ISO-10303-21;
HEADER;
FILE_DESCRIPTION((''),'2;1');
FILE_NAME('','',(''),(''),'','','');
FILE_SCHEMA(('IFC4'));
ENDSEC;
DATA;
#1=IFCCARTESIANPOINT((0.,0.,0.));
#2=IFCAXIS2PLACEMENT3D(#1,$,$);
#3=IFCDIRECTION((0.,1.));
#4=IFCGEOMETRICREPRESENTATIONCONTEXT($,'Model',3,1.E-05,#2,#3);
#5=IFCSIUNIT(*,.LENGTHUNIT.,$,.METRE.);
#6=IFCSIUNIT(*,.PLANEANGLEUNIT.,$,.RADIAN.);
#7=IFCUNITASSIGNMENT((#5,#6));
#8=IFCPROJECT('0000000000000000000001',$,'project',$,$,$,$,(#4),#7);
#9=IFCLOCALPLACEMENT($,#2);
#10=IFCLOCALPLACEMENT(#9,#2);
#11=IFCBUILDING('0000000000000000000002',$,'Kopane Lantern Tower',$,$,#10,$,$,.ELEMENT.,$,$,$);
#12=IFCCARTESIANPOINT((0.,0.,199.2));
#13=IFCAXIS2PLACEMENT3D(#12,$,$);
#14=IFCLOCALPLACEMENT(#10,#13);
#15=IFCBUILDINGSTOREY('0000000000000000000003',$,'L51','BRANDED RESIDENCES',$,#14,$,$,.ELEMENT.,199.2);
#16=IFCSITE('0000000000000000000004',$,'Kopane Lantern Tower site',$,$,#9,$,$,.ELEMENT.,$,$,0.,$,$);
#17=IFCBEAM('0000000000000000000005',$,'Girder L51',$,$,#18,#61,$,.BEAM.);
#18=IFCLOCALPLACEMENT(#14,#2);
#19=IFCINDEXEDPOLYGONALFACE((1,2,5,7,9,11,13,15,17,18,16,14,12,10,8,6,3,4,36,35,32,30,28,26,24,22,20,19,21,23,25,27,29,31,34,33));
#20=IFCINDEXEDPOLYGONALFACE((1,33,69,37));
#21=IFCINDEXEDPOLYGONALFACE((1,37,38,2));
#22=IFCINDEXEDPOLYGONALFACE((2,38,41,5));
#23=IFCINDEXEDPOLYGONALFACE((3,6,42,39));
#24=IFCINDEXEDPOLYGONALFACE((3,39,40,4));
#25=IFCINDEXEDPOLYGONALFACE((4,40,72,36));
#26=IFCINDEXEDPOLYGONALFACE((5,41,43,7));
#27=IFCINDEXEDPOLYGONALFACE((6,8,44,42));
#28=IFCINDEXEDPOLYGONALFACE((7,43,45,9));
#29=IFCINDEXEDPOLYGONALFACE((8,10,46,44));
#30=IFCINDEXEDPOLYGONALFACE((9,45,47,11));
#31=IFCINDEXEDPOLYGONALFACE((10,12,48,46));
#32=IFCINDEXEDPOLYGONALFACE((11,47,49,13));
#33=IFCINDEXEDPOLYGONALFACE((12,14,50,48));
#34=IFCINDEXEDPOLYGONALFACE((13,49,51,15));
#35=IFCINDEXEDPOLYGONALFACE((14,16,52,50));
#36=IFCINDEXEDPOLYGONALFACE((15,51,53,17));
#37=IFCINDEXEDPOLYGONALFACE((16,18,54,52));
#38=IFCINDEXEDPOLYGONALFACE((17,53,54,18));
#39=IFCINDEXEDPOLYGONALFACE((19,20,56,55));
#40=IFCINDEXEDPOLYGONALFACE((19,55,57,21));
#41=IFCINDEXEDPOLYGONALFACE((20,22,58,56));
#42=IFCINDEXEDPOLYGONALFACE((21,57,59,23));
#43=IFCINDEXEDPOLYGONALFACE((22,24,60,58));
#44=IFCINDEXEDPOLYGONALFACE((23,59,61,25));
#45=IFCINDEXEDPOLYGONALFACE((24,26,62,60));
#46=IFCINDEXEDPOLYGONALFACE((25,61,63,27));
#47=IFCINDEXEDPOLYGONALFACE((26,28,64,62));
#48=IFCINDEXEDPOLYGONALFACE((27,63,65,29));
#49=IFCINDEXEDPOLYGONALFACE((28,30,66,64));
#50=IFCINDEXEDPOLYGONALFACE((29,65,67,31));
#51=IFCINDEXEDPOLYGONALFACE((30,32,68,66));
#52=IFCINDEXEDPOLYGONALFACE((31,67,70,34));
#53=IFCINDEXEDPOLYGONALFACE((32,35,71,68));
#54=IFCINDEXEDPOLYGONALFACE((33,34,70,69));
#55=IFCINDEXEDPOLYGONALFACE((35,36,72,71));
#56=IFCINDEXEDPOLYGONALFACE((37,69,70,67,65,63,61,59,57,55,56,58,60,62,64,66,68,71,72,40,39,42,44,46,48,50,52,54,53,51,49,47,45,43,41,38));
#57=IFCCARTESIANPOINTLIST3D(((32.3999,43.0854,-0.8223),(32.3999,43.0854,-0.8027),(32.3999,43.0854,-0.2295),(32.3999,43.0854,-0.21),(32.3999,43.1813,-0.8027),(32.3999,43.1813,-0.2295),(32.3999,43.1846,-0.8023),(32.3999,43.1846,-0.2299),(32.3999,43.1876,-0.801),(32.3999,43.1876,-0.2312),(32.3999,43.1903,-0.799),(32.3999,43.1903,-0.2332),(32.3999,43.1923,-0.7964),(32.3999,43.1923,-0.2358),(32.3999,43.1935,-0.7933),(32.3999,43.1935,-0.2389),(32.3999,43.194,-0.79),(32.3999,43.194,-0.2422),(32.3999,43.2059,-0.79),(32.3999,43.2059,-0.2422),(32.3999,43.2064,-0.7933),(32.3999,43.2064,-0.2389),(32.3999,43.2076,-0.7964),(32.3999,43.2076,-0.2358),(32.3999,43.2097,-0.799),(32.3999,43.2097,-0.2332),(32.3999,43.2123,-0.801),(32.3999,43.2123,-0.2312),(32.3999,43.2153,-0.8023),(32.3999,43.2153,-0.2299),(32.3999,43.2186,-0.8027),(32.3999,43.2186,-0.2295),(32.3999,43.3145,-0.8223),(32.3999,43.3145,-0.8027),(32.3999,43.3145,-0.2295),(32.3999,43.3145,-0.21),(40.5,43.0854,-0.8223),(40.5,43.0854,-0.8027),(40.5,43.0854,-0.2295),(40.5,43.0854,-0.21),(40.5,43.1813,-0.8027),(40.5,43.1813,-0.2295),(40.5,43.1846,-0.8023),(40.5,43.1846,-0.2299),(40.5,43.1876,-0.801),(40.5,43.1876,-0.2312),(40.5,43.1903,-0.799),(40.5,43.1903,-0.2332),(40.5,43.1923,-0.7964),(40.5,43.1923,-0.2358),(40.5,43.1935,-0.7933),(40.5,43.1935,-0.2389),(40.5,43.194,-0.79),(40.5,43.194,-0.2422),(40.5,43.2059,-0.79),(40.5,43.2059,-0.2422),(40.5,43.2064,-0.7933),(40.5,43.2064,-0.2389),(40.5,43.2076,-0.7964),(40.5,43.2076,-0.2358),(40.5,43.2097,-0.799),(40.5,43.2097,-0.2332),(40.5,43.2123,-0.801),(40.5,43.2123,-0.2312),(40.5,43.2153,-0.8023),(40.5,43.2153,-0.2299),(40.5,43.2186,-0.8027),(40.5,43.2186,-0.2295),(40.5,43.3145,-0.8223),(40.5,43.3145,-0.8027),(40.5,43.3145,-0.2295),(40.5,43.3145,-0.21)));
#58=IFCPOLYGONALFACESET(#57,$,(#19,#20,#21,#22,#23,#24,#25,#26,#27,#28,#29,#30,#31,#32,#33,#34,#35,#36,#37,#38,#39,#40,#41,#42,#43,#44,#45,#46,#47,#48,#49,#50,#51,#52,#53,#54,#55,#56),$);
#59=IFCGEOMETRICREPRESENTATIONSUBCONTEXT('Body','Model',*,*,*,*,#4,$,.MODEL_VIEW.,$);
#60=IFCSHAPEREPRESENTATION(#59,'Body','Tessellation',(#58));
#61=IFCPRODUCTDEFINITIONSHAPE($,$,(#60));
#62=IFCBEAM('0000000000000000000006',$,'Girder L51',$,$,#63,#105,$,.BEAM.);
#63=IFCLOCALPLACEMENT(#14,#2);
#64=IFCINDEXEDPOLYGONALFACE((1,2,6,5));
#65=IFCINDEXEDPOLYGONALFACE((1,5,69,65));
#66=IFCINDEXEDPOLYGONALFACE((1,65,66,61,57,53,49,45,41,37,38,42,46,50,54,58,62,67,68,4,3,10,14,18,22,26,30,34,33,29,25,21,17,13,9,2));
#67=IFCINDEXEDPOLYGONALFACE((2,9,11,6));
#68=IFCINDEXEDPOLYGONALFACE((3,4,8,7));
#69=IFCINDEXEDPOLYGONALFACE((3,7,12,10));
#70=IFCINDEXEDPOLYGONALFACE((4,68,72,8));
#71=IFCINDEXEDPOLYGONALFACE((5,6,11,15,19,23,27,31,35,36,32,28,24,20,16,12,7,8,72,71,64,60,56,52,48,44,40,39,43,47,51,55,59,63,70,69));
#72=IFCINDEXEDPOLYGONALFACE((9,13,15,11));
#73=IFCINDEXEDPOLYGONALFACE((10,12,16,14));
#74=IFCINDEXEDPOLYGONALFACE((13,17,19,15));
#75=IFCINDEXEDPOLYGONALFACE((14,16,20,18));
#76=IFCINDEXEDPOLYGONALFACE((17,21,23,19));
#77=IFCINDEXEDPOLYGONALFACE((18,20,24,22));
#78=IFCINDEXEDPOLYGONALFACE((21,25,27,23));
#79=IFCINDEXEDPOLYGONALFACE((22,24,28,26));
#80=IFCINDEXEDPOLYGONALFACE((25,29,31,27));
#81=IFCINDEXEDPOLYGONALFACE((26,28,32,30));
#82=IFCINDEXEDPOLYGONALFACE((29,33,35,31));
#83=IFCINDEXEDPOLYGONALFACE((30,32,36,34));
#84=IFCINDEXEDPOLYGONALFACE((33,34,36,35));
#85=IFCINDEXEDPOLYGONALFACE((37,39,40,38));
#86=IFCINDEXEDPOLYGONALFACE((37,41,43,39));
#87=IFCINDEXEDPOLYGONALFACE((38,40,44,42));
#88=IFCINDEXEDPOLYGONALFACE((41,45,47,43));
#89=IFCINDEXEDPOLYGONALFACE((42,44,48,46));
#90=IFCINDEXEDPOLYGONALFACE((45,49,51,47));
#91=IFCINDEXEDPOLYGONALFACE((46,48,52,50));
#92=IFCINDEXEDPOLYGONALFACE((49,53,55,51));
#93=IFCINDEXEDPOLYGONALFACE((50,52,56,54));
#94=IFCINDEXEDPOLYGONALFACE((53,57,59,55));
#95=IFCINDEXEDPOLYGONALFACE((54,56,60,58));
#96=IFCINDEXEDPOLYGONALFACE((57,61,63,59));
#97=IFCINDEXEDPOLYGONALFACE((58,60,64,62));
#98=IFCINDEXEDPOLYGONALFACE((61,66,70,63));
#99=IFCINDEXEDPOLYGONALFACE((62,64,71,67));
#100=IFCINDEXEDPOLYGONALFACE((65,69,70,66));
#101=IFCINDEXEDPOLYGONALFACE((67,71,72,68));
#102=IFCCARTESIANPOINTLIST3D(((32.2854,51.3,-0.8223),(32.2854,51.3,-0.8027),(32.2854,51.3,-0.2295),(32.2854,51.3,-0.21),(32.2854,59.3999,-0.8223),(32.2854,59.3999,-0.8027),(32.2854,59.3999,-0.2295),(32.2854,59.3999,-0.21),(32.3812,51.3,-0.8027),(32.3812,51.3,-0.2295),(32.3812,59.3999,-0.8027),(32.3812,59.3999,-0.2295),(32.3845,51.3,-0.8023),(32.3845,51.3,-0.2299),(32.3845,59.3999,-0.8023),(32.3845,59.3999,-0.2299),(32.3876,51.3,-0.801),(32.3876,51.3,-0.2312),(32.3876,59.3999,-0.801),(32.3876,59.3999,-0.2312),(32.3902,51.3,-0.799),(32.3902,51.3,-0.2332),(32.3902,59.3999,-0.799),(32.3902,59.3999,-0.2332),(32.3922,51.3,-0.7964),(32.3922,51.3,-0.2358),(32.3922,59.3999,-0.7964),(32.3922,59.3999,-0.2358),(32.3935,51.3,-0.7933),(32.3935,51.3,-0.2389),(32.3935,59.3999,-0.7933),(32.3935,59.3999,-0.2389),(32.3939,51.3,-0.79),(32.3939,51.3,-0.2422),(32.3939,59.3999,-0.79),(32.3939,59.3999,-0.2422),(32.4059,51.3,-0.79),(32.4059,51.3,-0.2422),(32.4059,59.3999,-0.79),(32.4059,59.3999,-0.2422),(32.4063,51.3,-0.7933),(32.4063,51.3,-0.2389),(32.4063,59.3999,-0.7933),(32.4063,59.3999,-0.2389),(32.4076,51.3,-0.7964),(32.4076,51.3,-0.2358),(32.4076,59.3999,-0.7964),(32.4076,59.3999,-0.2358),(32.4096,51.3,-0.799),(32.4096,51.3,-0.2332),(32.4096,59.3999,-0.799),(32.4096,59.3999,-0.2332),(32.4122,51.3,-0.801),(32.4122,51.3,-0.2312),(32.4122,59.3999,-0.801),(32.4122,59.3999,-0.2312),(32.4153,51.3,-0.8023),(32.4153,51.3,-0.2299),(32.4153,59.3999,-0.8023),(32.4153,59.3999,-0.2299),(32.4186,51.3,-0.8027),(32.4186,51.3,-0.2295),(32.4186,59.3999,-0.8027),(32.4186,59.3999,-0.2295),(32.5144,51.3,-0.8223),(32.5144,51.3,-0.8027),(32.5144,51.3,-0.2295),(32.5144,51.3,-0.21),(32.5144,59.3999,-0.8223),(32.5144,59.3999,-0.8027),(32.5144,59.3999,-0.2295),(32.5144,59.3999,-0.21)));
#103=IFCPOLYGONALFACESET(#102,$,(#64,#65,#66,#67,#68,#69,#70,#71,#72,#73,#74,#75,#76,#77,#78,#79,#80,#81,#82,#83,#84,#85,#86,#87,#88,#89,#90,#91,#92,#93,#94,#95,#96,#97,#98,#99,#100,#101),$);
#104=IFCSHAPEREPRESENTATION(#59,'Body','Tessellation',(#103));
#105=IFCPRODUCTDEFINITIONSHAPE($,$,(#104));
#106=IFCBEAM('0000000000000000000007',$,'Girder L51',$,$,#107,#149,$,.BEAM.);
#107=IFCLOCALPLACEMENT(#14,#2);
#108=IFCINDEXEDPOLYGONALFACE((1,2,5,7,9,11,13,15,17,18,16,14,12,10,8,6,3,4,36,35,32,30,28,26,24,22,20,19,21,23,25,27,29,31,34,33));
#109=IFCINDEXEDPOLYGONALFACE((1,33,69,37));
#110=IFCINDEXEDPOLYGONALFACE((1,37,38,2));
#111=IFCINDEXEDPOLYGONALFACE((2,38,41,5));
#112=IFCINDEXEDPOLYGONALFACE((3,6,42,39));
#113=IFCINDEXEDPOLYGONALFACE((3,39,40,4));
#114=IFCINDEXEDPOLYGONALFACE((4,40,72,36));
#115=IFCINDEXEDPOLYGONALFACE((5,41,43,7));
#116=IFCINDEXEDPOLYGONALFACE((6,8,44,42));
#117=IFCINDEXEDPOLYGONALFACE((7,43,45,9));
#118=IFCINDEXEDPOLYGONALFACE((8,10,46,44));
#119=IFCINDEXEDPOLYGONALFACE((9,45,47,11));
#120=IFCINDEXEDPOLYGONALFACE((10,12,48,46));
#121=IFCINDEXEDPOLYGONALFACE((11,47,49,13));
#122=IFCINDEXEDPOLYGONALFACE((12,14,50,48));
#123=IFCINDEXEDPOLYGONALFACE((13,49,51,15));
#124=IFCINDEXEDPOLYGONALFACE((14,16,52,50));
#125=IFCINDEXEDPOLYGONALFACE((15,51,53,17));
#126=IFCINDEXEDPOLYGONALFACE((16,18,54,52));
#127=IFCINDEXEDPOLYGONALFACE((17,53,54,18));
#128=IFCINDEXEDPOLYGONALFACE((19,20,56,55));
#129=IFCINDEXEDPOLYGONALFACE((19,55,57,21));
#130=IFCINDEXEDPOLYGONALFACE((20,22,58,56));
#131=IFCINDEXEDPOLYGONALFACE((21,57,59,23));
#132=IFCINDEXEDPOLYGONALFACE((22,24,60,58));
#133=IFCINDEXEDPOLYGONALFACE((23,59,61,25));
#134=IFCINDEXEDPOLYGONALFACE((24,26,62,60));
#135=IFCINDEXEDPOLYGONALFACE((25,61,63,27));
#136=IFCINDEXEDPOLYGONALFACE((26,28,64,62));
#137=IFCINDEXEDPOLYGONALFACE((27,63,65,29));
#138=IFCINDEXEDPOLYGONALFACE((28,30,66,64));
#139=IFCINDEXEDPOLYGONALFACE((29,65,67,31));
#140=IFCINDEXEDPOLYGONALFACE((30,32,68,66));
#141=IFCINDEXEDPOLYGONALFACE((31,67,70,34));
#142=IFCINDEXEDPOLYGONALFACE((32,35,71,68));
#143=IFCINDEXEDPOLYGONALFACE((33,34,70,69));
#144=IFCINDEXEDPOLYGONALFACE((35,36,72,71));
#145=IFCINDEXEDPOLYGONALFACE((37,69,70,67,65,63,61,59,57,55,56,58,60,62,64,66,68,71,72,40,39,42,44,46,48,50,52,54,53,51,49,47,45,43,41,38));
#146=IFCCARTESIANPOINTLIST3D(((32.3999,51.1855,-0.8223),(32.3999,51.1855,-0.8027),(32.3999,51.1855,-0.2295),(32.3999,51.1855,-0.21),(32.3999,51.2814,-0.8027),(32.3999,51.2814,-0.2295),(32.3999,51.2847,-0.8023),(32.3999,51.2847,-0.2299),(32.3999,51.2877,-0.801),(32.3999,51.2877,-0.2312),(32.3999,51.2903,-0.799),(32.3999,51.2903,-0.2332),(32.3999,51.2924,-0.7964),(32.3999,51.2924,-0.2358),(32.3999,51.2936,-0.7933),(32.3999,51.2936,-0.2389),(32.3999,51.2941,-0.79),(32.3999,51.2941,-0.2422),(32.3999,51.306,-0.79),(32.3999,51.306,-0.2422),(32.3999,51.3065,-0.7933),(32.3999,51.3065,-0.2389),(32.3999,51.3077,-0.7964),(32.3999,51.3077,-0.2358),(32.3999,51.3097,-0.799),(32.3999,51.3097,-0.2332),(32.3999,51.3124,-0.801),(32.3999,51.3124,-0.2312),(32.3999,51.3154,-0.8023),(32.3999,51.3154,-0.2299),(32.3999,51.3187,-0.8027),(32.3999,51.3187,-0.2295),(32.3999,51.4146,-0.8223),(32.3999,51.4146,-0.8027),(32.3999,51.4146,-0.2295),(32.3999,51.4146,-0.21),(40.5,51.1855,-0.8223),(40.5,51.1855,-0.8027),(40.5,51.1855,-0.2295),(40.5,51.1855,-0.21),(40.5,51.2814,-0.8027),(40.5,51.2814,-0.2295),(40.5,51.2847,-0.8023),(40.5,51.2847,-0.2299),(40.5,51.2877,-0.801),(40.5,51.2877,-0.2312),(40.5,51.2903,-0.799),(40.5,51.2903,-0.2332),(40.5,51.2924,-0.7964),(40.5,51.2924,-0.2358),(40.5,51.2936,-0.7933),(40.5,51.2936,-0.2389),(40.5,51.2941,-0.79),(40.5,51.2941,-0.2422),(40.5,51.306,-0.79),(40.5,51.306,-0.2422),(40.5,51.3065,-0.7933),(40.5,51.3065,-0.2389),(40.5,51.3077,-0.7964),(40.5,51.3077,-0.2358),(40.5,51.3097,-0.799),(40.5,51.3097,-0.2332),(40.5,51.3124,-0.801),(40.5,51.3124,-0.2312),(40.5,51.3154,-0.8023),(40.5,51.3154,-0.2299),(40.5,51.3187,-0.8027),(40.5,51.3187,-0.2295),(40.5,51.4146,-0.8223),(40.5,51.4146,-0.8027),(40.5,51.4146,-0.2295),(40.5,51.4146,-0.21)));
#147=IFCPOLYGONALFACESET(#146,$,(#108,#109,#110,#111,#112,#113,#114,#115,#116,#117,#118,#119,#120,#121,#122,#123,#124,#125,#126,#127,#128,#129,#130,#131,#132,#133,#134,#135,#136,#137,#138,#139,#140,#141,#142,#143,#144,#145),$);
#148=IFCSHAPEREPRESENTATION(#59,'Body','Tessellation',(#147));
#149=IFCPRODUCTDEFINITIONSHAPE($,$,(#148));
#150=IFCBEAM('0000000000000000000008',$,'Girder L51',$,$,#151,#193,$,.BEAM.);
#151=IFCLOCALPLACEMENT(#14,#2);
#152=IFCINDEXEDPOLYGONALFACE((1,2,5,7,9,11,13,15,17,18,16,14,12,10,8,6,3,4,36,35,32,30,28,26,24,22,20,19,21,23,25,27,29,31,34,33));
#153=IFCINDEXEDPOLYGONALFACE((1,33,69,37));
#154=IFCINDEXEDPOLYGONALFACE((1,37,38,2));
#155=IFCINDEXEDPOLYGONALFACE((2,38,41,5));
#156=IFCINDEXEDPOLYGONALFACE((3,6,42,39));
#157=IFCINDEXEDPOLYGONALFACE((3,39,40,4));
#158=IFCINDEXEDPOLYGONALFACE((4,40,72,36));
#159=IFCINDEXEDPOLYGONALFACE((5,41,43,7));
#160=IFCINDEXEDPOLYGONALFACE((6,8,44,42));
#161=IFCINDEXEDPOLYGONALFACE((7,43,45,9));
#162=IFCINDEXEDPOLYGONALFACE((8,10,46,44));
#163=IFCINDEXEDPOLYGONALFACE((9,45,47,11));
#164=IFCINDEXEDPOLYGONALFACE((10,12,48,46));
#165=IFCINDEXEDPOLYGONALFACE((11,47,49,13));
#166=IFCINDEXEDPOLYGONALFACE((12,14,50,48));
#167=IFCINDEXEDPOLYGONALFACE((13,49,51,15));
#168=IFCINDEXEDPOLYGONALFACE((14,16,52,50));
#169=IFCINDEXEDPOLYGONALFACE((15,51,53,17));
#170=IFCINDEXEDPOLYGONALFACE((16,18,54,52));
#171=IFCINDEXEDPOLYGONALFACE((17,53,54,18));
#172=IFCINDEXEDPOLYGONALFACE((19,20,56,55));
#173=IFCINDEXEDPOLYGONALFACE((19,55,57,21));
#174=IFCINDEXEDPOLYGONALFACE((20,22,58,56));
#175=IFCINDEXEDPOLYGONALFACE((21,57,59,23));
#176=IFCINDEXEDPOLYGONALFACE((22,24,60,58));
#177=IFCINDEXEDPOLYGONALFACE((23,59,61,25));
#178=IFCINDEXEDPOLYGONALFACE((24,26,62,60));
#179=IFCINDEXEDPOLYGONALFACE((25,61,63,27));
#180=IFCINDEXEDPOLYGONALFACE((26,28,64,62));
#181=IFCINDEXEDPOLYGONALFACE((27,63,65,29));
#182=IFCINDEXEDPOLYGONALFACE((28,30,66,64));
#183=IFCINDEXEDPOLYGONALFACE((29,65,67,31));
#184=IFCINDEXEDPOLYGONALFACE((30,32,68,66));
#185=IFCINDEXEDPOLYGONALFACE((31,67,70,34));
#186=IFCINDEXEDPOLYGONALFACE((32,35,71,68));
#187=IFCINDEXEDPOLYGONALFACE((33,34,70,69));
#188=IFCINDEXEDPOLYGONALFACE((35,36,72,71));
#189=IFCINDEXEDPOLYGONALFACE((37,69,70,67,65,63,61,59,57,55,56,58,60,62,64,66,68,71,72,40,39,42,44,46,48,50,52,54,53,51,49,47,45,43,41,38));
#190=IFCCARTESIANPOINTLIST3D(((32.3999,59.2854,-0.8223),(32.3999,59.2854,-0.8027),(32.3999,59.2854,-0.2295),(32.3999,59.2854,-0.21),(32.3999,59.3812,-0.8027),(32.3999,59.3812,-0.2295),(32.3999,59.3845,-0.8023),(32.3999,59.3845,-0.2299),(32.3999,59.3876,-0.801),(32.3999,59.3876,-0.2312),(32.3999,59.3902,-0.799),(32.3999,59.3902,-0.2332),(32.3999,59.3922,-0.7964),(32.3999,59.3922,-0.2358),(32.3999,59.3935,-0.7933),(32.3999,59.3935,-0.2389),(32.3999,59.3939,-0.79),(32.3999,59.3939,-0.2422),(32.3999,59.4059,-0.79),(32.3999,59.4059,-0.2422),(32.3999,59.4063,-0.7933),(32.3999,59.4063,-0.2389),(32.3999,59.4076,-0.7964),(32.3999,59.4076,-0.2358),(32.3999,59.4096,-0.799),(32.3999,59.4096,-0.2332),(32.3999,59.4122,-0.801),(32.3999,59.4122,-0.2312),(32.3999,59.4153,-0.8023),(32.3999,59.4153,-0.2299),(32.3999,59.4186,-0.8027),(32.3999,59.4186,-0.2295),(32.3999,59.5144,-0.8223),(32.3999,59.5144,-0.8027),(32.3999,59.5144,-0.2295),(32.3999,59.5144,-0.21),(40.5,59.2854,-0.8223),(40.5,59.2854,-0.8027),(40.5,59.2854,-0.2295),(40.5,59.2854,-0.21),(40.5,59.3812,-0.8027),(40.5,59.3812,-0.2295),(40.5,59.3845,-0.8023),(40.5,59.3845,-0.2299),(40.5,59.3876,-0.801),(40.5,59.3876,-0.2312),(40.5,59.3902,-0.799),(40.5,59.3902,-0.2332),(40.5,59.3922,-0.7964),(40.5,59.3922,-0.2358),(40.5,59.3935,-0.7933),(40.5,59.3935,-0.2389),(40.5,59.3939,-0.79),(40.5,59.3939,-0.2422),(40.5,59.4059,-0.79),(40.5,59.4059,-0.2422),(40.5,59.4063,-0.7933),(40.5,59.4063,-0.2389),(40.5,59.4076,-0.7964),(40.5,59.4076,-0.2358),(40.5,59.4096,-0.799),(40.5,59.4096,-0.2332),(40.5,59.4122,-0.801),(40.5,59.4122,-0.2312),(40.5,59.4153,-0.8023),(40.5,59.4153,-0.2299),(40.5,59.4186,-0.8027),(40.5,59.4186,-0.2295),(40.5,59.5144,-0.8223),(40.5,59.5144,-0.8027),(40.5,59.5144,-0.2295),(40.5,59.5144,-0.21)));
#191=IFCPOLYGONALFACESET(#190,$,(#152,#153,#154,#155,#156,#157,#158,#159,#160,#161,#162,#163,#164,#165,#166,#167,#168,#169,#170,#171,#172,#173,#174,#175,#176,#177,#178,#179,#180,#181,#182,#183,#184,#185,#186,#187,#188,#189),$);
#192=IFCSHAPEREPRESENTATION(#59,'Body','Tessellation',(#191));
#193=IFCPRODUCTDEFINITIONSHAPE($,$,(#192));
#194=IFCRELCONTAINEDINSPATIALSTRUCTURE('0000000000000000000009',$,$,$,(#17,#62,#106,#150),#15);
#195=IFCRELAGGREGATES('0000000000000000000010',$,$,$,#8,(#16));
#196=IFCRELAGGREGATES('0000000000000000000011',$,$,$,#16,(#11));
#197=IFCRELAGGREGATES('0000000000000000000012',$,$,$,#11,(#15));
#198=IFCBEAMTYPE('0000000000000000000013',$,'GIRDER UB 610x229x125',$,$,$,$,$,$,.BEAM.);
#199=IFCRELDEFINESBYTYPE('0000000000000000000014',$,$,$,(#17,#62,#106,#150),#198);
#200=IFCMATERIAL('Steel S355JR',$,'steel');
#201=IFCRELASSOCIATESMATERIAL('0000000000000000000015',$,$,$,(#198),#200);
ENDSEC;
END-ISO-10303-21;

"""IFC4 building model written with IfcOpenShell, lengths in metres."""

from ifc_helpers import new_model, si_unit, direction, frame, origin, origin_2d, place, context, subcontext, project, spatial, i_section, extrude, material, material_profile, profile_set, type_object, element, save


model = new_model("IFC4")

# Units and contexts
model_context = context("Model", 3, precision=1e-05, world=origin(), true_north=direction((0.0, 1.0)))
body_context = subcontext(model_context, "Body", "Model", "MODEL_VIEW")
ifc_project = project(units=[si_unit("LENGTHUNIT", "METRE"), si_unit("PLANEANGLEUNIT", "RADIAN")], contexts=[model_context])

# Site, building, storey
site_placement = place(None, origin())
site = spatial("IfcSite", under=ifc_project, at=site_placement, Name="Kopane Lantern Tower site", CompositionType="ELEMENT", RefElevation=0.0)
building_placement = place(site_placement, origin())
building = spatial("IfcBuilding", under=site, at=building_placement, Name="Kopane Lantern Tower", CompositionType="ELEMENT")
storey_placement = place(building_placement, frame((0.0, 0.0, 199.2)))
storey = spatial("IfcBuildingStorey", under=building, at=storey_placement, Name="L51", Description="BRANDED RESIDENCES", CompositionType="ELEMENT", Elevation=199.2)

# Beams
ifc_material_1 = material(Name="Steel S355JR", Category="steel")
ifc_material_profile_1 = material_profile(ifc_material_1, i_section(OverallWidth=0.229, OverallDepth=0.6123, WebThickness=0.012, FlangeThickness=0.0195, FilletRadius=0.0127, at=origin_2d()), Name="UB 610x229x125")
ifc_profile_set_1 = profile_set([ifc_material_profile_1], Name="Steel S355JR")
beam_type = type_object("IfcBeamType", Name="GIRDER UB 610x229x125", PredefinedType="BEAM", material=ifc_profile_set_1)
for number, where, z_axis, x_axis, name in (
    (1, (32.3999, 43.2, -0.5161), (1.0, 0.0, 0.0), (0.0, 1.0, 0.0), "Girder L51"),
):
    element("IfcBeam", number, at=place(storey_placement, frame(where, z_axis=z_axis, x_axis=x_axis)), inside=storey, type_object=beam_type, Name=name, PredefinedType="BEAM", context=body_context, shape_type="SweptSolid", body=[
        extrude(i_section(OverallWidth=0.229, OverallDepth=0.6123, WebThickness=0.012, FlangeThickness=0.0195, FilletRadius=0.0127, at=origin_2d()), origin(), (0.0, 0.0, 1.0), 8.1001),
    ])
beam_placement = place(storey_placement, frame((32.3999, 51.3, -0.5161), z_axis=(0.0, 1.0, 0.0), x_axis=(-1.0, 0.0, 0.0)))
element("IfcBeam", 2, at=beam_placement, inside=storey, type_object=beam_type, Name="Girder L51", PredefinedType="BEAM", context=body_context, shape_type="SweptSolid", body=[
    extrude(i_section(OverallWidth=0.229, OverallDepth=0.6123, WebThickness=0.012, FlangeThickness=0.0195, FilletRadius=0.0127, at=origin_2d()), origin(), (0.0, 0.0, 1.0), 8.0999),
])
for number, where, z_axis, x_axis, name in (
    (3, (32.3999, 51.3, -0.5161), (1.0, 0.0, 0.0), (0.0, 1.0, 0.0), "Girder L51"),
    (4, (32.3999, 59.3999, -0.5161), (1.0, 0.0, 0.0), (0.0, 1.0, 0.0), "Girder L51"),
):
    element("IfcBeam", number, at=place(storey_placement, frame(where, z_axis=z_axis, x_axis=x_axis)), inside=storey, type_object=beam_type, Name=name, PredefinedType="BEAM", context=body_context, shape_type="SweptSolid", body=[
        extrude(i_section(OverallWidth=0.229, OverallDepth=0.6123, WebThickness=0.012, FlangeThickness=0.0195, FilletRadius=0.0127, at=origin_2d()), origin(), (0.0, 0.0, 1.0), 8.1001),
    ])

save(model, "model.ifc")
